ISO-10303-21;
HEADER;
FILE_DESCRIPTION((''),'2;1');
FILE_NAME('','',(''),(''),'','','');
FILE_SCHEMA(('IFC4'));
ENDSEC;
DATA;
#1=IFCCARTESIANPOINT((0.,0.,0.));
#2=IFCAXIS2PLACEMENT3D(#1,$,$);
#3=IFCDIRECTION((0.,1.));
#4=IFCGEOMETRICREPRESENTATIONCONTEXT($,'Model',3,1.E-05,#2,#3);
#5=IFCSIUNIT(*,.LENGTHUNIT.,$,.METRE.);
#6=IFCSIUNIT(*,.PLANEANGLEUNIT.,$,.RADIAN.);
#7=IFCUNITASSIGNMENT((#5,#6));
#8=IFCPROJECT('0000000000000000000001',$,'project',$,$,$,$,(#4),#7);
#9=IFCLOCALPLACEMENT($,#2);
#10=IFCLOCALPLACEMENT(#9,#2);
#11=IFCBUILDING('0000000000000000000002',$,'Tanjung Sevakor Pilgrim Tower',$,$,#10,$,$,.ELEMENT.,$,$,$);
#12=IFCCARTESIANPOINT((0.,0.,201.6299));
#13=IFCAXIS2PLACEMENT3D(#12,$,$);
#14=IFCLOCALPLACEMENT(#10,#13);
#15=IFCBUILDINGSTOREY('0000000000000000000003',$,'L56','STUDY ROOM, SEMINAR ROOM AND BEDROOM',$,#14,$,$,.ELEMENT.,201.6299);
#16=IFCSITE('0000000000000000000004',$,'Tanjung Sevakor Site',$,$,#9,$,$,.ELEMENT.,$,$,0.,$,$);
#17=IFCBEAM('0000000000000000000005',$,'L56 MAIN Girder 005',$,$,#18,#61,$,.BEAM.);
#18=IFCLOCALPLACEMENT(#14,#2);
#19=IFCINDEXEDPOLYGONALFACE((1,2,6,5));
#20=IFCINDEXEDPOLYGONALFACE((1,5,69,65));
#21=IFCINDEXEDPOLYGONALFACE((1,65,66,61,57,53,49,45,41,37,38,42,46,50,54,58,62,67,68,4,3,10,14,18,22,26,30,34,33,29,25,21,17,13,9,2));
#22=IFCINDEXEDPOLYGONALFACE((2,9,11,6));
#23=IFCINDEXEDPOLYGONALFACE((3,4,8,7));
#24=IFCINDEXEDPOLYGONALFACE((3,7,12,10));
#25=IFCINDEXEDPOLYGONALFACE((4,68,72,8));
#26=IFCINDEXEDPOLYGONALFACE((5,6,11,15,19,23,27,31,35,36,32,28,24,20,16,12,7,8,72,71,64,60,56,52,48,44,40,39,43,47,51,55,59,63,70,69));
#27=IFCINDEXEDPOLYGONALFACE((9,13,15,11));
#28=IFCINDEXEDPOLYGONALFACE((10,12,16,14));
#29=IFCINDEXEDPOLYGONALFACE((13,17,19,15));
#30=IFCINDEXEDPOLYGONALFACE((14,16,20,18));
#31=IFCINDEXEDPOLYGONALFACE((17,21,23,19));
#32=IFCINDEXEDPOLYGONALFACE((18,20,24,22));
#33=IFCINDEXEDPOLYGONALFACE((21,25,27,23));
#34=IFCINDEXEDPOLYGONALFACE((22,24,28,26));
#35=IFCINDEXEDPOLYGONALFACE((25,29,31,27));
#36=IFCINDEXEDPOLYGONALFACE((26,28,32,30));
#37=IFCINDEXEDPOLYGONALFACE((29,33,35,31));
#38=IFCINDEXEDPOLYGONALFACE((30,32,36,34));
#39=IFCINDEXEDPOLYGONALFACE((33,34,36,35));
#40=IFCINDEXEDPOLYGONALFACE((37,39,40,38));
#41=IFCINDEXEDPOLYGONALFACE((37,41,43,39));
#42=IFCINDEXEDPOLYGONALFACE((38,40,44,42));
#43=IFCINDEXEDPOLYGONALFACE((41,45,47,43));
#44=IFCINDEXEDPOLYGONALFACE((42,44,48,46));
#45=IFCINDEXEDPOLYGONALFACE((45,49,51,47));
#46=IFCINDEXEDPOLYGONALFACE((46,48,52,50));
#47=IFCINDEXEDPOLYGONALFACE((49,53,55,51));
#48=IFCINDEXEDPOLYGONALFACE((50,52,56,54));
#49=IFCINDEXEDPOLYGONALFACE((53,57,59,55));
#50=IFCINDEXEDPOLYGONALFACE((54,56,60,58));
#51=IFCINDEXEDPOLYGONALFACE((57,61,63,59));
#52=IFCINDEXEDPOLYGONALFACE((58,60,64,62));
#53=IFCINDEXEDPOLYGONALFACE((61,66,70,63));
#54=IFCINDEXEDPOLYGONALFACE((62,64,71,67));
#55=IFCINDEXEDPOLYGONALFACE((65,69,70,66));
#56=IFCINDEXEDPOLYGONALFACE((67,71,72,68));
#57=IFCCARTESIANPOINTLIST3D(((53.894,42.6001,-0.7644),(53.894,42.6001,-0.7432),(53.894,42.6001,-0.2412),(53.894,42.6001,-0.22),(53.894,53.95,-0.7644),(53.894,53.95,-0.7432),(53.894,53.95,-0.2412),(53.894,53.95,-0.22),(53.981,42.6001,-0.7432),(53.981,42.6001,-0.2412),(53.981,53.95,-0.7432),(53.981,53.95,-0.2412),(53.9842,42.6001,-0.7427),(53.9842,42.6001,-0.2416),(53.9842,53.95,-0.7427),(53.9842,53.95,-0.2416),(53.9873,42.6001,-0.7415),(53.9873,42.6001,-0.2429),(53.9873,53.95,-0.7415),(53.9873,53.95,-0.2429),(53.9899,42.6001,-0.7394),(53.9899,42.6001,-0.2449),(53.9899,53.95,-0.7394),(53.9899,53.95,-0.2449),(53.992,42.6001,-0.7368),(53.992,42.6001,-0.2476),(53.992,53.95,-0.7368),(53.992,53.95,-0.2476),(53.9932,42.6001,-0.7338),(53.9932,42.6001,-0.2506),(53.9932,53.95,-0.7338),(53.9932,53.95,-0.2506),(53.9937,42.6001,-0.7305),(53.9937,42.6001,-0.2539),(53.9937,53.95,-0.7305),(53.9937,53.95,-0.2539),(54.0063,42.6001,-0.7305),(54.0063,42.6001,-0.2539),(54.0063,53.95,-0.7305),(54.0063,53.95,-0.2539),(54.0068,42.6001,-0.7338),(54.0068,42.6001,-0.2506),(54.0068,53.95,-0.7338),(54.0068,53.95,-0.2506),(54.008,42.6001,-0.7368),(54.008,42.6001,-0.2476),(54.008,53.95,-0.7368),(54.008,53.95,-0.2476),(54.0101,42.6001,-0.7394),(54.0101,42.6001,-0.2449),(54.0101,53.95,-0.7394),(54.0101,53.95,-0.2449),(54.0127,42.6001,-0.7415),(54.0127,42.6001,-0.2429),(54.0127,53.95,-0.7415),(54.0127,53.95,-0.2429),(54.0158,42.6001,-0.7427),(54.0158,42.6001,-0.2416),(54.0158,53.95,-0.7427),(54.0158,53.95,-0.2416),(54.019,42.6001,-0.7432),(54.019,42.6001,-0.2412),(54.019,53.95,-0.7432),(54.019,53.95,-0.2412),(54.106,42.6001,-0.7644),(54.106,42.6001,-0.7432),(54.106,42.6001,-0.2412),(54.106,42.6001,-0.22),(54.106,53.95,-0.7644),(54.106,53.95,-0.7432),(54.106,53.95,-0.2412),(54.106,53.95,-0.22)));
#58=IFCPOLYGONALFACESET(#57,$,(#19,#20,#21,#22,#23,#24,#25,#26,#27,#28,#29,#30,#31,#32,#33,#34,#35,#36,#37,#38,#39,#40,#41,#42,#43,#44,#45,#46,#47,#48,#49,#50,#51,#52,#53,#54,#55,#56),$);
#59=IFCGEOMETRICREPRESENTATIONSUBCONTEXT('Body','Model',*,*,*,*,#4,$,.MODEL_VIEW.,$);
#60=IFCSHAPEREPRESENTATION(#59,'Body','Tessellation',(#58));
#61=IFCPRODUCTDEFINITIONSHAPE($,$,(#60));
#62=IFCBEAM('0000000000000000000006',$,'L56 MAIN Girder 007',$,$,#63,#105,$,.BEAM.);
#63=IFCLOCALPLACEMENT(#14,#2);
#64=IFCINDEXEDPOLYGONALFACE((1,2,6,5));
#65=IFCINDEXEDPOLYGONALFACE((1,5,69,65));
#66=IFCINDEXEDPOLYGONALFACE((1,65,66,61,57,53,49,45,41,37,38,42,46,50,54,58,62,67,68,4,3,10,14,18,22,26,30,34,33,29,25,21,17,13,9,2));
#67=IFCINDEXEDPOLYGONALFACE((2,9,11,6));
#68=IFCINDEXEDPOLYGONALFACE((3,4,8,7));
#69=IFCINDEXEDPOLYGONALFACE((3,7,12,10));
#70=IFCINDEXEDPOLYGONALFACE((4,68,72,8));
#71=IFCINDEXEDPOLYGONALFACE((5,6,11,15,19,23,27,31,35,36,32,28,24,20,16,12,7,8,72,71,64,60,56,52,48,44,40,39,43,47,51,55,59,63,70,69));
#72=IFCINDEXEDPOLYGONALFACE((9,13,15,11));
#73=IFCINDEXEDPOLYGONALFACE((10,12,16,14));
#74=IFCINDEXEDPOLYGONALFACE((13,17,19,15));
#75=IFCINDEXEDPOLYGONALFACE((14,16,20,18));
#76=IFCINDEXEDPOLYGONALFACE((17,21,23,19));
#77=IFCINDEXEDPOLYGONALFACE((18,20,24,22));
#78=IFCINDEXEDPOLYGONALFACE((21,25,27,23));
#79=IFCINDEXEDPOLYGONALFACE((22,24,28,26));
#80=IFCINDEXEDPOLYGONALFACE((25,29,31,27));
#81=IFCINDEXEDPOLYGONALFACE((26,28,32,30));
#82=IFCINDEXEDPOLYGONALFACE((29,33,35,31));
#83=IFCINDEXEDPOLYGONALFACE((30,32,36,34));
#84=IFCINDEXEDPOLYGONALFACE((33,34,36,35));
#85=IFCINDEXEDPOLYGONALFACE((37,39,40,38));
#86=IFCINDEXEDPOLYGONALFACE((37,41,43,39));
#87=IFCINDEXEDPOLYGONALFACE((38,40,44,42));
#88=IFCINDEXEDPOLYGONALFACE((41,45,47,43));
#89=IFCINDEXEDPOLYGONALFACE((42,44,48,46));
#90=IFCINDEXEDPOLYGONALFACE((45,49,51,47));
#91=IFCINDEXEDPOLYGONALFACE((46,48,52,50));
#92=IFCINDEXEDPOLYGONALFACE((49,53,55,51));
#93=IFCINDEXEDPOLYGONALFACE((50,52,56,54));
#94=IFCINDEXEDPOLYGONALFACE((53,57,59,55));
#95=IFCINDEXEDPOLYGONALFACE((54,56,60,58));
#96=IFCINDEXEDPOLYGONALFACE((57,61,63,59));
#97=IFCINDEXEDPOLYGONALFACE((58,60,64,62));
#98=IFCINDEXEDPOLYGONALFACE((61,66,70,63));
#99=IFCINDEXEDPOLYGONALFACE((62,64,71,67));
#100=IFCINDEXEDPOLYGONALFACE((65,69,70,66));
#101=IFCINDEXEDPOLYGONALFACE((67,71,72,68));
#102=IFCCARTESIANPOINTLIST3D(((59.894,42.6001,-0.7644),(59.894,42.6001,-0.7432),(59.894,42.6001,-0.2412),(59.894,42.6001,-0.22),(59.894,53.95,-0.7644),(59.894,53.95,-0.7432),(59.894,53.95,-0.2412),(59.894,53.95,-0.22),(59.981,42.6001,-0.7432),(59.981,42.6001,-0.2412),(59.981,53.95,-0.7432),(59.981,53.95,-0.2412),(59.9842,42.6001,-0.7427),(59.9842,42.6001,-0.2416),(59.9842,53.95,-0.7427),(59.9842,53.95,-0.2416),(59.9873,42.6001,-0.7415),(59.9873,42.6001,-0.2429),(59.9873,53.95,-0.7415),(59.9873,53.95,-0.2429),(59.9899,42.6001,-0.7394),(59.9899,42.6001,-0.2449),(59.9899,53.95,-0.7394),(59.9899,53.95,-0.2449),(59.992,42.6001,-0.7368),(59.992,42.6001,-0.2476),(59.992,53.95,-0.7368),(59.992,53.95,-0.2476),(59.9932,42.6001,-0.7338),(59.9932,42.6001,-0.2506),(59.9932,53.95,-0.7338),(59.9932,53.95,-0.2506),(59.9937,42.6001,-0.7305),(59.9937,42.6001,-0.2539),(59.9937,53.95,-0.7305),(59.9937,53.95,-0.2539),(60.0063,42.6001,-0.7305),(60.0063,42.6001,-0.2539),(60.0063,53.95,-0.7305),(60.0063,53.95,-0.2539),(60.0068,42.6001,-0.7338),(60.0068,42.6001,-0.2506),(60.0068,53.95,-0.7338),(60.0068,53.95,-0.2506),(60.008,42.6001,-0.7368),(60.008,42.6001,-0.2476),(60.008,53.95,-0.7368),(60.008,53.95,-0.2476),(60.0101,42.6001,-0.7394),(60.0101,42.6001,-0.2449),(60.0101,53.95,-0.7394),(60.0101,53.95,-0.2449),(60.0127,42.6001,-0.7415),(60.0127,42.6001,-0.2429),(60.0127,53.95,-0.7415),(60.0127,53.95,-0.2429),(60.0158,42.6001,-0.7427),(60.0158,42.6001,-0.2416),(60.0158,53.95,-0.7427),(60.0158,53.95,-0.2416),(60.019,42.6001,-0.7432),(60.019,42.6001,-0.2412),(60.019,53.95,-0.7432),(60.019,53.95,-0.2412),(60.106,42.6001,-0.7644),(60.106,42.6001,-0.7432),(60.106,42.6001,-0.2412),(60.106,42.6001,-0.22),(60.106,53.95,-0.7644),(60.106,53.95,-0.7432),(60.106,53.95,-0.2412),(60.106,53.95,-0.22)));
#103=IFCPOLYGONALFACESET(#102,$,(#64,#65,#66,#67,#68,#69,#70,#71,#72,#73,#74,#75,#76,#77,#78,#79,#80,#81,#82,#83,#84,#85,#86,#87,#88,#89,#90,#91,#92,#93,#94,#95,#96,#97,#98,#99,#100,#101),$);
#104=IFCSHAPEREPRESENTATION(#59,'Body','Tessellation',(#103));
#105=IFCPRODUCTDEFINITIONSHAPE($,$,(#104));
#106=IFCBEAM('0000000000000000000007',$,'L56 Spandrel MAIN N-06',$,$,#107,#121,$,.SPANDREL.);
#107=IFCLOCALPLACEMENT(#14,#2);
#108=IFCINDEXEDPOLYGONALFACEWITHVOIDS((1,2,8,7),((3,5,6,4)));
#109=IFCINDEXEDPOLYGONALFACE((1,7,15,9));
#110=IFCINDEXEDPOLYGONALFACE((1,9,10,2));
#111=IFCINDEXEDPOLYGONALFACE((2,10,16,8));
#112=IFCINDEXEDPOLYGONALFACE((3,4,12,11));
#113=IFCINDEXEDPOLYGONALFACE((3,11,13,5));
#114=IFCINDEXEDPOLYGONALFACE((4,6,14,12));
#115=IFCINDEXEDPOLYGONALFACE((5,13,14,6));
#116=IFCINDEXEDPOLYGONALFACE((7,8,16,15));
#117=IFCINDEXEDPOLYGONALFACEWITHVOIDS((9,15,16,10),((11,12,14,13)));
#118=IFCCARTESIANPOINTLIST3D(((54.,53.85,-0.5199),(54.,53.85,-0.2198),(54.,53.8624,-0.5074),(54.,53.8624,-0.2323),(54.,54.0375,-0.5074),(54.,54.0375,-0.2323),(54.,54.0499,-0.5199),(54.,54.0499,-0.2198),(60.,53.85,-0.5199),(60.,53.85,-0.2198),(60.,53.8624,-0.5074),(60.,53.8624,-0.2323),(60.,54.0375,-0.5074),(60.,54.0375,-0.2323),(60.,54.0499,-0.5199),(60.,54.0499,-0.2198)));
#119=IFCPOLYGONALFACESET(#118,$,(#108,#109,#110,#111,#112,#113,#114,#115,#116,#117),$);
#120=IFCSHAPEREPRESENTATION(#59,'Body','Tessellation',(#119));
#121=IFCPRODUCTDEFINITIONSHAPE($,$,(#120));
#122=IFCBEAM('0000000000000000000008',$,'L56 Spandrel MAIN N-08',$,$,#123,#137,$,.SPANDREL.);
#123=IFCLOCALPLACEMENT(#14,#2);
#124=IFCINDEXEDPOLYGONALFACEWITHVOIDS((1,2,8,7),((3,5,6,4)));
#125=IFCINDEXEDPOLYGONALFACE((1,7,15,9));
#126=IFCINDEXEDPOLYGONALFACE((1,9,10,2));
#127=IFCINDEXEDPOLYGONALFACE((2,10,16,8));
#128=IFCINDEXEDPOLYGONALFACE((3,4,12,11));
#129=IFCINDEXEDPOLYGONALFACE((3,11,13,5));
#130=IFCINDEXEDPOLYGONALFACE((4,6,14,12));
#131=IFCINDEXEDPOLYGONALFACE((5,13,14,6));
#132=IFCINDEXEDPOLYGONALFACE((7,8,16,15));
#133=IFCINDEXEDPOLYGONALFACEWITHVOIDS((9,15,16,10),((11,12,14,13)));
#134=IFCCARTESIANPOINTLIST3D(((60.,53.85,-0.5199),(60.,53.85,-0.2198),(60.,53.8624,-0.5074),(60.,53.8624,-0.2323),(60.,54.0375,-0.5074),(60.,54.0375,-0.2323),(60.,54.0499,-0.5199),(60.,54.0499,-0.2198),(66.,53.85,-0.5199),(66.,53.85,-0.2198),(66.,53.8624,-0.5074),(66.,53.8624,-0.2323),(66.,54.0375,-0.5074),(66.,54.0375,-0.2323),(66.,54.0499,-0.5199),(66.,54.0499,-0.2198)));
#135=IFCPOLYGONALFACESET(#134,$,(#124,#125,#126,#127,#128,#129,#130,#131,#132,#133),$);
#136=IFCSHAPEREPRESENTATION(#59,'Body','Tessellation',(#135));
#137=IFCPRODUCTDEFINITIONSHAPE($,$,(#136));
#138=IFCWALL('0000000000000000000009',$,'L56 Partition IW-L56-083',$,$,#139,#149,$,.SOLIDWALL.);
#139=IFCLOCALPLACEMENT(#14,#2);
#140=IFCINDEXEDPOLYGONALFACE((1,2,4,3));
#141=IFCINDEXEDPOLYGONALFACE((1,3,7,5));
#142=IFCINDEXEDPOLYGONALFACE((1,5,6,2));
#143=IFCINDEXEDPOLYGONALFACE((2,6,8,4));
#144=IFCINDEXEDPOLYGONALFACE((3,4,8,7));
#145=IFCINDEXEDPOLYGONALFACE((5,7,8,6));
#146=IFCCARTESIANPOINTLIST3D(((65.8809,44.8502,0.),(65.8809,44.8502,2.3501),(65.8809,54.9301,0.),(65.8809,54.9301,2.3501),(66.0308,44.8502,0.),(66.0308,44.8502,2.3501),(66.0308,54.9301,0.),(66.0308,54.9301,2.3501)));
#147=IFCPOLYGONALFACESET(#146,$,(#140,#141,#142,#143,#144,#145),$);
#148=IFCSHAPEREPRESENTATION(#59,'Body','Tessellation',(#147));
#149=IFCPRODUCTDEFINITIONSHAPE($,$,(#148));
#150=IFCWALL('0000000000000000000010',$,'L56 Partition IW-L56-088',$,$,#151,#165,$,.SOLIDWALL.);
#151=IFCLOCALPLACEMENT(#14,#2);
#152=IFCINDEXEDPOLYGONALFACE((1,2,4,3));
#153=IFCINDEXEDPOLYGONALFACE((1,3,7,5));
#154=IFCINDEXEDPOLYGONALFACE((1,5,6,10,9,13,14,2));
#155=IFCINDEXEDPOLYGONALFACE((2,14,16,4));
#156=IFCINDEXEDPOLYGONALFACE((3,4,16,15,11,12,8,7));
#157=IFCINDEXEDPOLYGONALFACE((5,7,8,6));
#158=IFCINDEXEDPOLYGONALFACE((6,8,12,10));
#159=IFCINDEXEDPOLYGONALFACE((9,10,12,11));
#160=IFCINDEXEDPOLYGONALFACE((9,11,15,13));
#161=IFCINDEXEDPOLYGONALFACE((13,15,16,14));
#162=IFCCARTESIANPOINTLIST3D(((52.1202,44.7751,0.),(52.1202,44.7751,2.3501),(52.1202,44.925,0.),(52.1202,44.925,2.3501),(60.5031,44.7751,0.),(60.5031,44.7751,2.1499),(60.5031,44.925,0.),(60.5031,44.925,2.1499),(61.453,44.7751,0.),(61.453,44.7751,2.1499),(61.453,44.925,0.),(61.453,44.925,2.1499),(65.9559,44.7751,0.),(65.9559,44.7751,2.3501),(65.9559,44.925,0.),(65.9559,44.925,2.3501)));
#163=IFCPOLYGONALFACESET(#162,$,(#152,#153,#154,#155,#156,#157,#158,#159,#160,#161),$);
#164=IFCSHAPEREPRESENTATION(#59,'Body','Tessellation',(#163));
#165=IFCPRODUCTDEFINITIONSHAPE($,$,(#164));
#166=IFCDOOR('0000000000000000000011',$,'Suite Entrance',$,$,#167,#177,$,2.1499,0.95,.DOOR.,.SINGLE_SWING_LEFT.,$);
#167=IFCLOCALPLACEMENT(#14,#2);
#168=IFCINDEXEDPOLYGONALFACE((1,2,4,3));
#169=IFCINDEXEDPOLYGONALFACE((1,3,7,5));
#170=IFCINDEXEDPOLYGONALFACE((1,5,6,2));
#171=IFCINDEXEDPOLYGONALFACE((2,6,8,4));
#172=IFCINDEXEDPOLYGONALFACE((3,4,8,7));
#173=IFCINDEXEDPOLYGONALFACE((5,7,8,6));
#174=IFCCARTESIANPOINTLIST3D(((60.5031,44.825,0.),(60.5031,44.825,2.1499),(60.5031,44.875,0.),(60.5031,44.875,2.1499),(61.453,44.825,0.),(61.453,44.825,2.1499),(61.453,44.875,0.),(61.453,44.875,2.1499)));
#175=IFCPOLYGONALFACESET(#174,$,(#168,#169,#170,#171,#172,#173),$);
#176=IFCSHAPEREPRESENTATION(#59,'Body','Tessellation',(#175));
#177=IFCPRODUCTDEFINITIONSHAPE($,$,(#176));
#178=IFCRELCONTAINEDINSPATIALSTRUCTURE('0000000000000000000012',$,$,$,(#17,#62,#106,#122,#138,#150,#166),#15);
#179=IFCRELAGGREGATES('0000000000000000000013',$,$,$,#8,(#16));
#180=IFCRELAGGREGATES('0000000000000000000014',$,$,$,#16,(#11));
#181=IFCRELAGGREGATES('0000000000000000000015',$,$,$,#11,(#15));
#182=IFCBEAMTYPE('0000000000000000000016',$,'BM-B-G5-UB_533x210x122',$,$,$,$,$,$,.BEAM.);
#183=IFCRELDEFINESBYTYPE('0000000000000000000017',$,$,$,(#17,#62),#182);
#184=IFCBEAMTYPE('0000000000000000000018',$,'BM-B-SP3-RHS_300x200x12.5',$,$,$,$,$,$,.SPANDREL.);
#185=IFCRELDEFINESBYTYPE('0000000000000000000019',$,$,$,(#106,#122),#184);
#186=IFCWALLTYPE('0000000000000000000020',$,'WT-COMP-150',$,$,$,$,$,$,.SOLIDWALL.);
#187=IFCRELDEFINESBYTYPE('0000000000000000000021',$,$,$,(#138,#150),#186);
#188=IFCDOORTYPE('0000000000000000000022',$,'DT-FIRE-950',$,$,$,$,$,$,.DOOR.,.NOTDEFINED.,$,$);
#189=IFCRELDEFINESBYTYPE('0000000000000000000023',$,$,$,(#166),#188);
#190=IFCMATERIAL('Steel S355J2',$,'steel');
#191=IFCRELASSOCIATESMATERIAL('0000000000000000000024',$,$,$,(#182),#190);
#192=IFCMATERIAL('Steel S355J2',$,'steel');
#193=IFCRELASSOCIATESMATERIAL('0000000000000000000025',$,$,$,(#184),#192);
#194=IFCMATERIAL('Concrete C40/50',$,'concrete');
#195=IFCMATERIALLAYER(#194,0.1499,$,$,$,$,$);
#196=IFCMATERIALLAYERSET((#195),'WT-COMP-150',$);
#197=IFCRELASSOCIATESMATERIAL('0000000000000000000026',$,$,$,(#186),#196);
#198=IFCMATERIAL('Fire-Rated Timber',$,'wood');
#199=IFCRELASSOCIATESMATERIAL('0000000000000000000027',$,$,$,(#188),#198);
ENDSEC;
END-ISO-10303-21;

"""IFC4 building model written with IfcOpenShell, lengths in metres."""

from ifc_helpers import new_model, si_unit, direction, frame, frame_2d, origin, origin_2d, place, context, subcontext, project, spatial, rectangle, hollow_rectangle, i_section, extrude, material, layer, layer_set, material_profile, profile_set, type_object, element, fill, save


model = new_model("IFC4")

# Units and contexts
model_context = context("Model", 3, precision=1e-05, world=origin(), true_north=direction((0.0, 1.0)))
body_context = subcontext(model_context, "Body", "Model", "MODEL_VIEW")
ifc_project = project(units=[si_unit("LENGTHUNIT", "METRE"), si_unit("PLANEANGLEUNIT", "RADIAN")], contexts=[model_context])

# Site, building, storey
site_placement = place(None, origin())
site = spatial("IfcSite", under=ifc_project, at=site_placement, Name="Tanjung Sevakor Site", CompositionType="ELEMENT", RefElevation=0.0)
building_placement = place(site_placement, origin())
building = spatial("IfcBuilding", under=site, at=building_placement, Name="Tanjung Sevakor Pilgrim Tower", CompositionType="ELEMENT")
storey_placement = place(building_placement, frame((0.0, 0.0, 201.6299)))
storey = spatial("IfcBuildingStorey", under=building, at=storey_placement, Name="L56", Description="STUDY ROOM, SEMINAR ROOM AND BEDROOM", CompositionType="ELEMENT", Elevation=201.6299)

# Beams
ifc_material_1 = material(Name="Steel S355J2", Category="steel")
ifc_material_profile_1 = material_profile(ifc_material_1, i_section(OverallWidth=0.2119, OverallDepth=0.5444, WebThickness=0.0127, FlangeThickness=0.0212, FilletRadius=0.0127, at=origin_2d()))
ifc_profile_set_1 = profile_set([ifc_material_profile_1], Name="Steel S355J2")
beam_type_1 = type_object("IfcBeamType", Name="BM-B-G5-UB_533x210x122", PredefinedType="BEAM", material=ifc_profile_set_1)
for number, where, z_axis, x_axis, name in (
    (1, (54.0, 42.6001, -0.4922), (0.0, 1.0, 0.0), (-1.0, 0.0, 0.0), "L56 MAIN Girder 005"),
    (2, (60.0, 42.6001, -0.4922), (0.0, 1.0, 0.0), (-1.0, 0.0, 0.0), "L56 MAIN Girder 007"),
):
    element("IfcBeam", number, at=place(storey_placement, frame(where, z_axis=z_axis, x_axis=x_axis)), inside=storey, type_object=beam_type_1, Name=name, PredefinedType="BEAM", context=body_context, shape_type="SweptSolid", body=[
        extrude(i_section(OverallWidth=0.2119, OverallDepth=0.5444, WebThickness=0.0127, FlangeThickness=0.0212, FilletRadius=0.0127, at=origin_2d()), origin(), (0.0, 0.0, 1.0), 11.3499),
    ])
ifc_material_2 = material(Name="Steel S355J2", Category="steel")
ifc_material_profile_2 = material_profile(ifc_material_2, hollow_rectangle(XDim=0.2, YDim=0.3, WallThickness=0.0125, at=origin_2d()))
ifc_profile_set_2 = profile_set([ifc_material_profile_2], Name="Steel S355J2")
beam_type_2 = type_object("IfcBeamType", Name="BM-B-SP3-RHS_300x200x12.5", PredefinedType="SPANDREL", material=ifc_profile_set_2)
for number, where, z_axis, x_axis, name in (
    (3, (54.0, 53.95, -0.3699), (1.0, 0.0, 0.0), (0.0, 1.0, 0.0), "L56 Spandrel MAIN N-06"),
    (4, (60.0, 53.95, -0.3699), (1.0, 0.0, 0.0), (0.0, 1.0, 0.0), "L56 Spandrel MAIN N-08"),
):
    element("IfcBeam", number, at=place(storey_placement, frame(where, z_axis=z_axis, x_axis=x_axis)), inside=storey, type_object=beam_type_2, Name=name, PredefinedType="SPANDREL", context=body_context, shape_type="SweptSolid", body=[
        extrude(hollow_rectangle(XDim=0.2, YDim=0.3, WallThickness=0.0125, at=origin_2d()), origin(), (0.0, 0.0, 1.0), 6.0),
    ])

# Wall
ifc_material_3 = material(Name="Concrete C40/50", Category="concrete")
ifc_layer_1 = layer(ifc_material_3, 0.1499)
ifc_layer_set_1 = layer_set([ifc_layer_1], Name="WT-COMP-150")
wall_type_1 = type_object("IfcWallType", Name="WT-COMP-150", PredefinedType="SOLIDWALL", material=ifc_layer_set_1)
wall_1_placement = place(storey_placement, frame((65.9558, 44.8501, 0.0), z_axis=(0.0, 0.0, 1.0), x_axis=(0.0, 1.0, 0.0)))
element("IfcWall", 5, at=wall_1_placement, inside=storey, type_object=wall_type_1, Name="L56 Partition IW-L56-083", PredefinedType="SOLIDWALL", context=body_context, shape_type="SweptSolid", body=[
    extrude(rectangle(XDim=10.0798, YDim=0.1499, at=frame_2d((5.04, 0.0))), origin(), (0.0, 0.0, 1.0), 2.3501),
])

# Wall, opening, door
wall_2_placement = place(storey_placement, frame((52.1201, 44.8501, 0.0), z_axis=(0.0, 0.0, 1.0), x_axis=(1.0, 0.0, 0.0)))
wall_2 = element("IfcWall", 6, at=wall_2_placement, inside=storey, type_object=wall_type_1, Name="L56 Partition IW-L56-088", PredefinedType="SOLIDWALL", context=body_context, shape_type="SweptSolid", body=[
    extrude(rectangle(XDim=13.8357, YDim=0.1499, at=frame_2d((6.918, 0.0))), origin(), (0.0, 0.0, 1.0), 2.3501),
])
opening_1_placement = place(wall_2_placement, frame((8.3828, 0.0, 0.0)))
opening_1 = element("IfcOpeningElement", 7, at=opening_1_placement, cuts=wall_2, PredefinedType="OPENING", context=body_context, shape_type="SweptSolid", body=[
    extrude(rectangle(XDim=0.95, YDim=2.1499, at=frame_2d((0.4751, 1.075))), frame((0.0, 0.085, 0.0), z_axis=(0.0, -1.0, 0.0), x_axis=(1.0, 0.0, 0.0)), (0.0, 0.0, 1.0), 0.1699),
])
ifc_material_4 = material(Name="Fire-Rated Timber", Category="wood")
door_type_1 = type_object("IfcDoorType", Name="DT-FIRE-950", OperationType="NOTDEFINED", PredefinedType="DOOR", material=ifc_material_4)
door_1_placement = place(opening_1_placement, origin())
door_1 = element("IfcDoor", 8, at=door_1_placement, inside=storey, type_object=door_type_1, Name="Suite Entrance", OperationType="SINGLE_SWING_LEFT", OverallHeight=2.1499, OverallWidth=0.95, PredefinedType="DOOR", context=body_context, shape_type="SweptSolid", body=[
    extrude(rectangle(XDim=0.95, YDim=2.1499, at=frame_2d((0.4751, 1.075))), frame((0.0, 0.0249, 0.0), z_axis=(0.0, -1.0, 0.0), x_axis=(1.0, 0.0, 0.0)), (0.0, 0.0, 1.0), 0.05),
])
fill(opening_1, door_1)

save(model, "model.ifc")
